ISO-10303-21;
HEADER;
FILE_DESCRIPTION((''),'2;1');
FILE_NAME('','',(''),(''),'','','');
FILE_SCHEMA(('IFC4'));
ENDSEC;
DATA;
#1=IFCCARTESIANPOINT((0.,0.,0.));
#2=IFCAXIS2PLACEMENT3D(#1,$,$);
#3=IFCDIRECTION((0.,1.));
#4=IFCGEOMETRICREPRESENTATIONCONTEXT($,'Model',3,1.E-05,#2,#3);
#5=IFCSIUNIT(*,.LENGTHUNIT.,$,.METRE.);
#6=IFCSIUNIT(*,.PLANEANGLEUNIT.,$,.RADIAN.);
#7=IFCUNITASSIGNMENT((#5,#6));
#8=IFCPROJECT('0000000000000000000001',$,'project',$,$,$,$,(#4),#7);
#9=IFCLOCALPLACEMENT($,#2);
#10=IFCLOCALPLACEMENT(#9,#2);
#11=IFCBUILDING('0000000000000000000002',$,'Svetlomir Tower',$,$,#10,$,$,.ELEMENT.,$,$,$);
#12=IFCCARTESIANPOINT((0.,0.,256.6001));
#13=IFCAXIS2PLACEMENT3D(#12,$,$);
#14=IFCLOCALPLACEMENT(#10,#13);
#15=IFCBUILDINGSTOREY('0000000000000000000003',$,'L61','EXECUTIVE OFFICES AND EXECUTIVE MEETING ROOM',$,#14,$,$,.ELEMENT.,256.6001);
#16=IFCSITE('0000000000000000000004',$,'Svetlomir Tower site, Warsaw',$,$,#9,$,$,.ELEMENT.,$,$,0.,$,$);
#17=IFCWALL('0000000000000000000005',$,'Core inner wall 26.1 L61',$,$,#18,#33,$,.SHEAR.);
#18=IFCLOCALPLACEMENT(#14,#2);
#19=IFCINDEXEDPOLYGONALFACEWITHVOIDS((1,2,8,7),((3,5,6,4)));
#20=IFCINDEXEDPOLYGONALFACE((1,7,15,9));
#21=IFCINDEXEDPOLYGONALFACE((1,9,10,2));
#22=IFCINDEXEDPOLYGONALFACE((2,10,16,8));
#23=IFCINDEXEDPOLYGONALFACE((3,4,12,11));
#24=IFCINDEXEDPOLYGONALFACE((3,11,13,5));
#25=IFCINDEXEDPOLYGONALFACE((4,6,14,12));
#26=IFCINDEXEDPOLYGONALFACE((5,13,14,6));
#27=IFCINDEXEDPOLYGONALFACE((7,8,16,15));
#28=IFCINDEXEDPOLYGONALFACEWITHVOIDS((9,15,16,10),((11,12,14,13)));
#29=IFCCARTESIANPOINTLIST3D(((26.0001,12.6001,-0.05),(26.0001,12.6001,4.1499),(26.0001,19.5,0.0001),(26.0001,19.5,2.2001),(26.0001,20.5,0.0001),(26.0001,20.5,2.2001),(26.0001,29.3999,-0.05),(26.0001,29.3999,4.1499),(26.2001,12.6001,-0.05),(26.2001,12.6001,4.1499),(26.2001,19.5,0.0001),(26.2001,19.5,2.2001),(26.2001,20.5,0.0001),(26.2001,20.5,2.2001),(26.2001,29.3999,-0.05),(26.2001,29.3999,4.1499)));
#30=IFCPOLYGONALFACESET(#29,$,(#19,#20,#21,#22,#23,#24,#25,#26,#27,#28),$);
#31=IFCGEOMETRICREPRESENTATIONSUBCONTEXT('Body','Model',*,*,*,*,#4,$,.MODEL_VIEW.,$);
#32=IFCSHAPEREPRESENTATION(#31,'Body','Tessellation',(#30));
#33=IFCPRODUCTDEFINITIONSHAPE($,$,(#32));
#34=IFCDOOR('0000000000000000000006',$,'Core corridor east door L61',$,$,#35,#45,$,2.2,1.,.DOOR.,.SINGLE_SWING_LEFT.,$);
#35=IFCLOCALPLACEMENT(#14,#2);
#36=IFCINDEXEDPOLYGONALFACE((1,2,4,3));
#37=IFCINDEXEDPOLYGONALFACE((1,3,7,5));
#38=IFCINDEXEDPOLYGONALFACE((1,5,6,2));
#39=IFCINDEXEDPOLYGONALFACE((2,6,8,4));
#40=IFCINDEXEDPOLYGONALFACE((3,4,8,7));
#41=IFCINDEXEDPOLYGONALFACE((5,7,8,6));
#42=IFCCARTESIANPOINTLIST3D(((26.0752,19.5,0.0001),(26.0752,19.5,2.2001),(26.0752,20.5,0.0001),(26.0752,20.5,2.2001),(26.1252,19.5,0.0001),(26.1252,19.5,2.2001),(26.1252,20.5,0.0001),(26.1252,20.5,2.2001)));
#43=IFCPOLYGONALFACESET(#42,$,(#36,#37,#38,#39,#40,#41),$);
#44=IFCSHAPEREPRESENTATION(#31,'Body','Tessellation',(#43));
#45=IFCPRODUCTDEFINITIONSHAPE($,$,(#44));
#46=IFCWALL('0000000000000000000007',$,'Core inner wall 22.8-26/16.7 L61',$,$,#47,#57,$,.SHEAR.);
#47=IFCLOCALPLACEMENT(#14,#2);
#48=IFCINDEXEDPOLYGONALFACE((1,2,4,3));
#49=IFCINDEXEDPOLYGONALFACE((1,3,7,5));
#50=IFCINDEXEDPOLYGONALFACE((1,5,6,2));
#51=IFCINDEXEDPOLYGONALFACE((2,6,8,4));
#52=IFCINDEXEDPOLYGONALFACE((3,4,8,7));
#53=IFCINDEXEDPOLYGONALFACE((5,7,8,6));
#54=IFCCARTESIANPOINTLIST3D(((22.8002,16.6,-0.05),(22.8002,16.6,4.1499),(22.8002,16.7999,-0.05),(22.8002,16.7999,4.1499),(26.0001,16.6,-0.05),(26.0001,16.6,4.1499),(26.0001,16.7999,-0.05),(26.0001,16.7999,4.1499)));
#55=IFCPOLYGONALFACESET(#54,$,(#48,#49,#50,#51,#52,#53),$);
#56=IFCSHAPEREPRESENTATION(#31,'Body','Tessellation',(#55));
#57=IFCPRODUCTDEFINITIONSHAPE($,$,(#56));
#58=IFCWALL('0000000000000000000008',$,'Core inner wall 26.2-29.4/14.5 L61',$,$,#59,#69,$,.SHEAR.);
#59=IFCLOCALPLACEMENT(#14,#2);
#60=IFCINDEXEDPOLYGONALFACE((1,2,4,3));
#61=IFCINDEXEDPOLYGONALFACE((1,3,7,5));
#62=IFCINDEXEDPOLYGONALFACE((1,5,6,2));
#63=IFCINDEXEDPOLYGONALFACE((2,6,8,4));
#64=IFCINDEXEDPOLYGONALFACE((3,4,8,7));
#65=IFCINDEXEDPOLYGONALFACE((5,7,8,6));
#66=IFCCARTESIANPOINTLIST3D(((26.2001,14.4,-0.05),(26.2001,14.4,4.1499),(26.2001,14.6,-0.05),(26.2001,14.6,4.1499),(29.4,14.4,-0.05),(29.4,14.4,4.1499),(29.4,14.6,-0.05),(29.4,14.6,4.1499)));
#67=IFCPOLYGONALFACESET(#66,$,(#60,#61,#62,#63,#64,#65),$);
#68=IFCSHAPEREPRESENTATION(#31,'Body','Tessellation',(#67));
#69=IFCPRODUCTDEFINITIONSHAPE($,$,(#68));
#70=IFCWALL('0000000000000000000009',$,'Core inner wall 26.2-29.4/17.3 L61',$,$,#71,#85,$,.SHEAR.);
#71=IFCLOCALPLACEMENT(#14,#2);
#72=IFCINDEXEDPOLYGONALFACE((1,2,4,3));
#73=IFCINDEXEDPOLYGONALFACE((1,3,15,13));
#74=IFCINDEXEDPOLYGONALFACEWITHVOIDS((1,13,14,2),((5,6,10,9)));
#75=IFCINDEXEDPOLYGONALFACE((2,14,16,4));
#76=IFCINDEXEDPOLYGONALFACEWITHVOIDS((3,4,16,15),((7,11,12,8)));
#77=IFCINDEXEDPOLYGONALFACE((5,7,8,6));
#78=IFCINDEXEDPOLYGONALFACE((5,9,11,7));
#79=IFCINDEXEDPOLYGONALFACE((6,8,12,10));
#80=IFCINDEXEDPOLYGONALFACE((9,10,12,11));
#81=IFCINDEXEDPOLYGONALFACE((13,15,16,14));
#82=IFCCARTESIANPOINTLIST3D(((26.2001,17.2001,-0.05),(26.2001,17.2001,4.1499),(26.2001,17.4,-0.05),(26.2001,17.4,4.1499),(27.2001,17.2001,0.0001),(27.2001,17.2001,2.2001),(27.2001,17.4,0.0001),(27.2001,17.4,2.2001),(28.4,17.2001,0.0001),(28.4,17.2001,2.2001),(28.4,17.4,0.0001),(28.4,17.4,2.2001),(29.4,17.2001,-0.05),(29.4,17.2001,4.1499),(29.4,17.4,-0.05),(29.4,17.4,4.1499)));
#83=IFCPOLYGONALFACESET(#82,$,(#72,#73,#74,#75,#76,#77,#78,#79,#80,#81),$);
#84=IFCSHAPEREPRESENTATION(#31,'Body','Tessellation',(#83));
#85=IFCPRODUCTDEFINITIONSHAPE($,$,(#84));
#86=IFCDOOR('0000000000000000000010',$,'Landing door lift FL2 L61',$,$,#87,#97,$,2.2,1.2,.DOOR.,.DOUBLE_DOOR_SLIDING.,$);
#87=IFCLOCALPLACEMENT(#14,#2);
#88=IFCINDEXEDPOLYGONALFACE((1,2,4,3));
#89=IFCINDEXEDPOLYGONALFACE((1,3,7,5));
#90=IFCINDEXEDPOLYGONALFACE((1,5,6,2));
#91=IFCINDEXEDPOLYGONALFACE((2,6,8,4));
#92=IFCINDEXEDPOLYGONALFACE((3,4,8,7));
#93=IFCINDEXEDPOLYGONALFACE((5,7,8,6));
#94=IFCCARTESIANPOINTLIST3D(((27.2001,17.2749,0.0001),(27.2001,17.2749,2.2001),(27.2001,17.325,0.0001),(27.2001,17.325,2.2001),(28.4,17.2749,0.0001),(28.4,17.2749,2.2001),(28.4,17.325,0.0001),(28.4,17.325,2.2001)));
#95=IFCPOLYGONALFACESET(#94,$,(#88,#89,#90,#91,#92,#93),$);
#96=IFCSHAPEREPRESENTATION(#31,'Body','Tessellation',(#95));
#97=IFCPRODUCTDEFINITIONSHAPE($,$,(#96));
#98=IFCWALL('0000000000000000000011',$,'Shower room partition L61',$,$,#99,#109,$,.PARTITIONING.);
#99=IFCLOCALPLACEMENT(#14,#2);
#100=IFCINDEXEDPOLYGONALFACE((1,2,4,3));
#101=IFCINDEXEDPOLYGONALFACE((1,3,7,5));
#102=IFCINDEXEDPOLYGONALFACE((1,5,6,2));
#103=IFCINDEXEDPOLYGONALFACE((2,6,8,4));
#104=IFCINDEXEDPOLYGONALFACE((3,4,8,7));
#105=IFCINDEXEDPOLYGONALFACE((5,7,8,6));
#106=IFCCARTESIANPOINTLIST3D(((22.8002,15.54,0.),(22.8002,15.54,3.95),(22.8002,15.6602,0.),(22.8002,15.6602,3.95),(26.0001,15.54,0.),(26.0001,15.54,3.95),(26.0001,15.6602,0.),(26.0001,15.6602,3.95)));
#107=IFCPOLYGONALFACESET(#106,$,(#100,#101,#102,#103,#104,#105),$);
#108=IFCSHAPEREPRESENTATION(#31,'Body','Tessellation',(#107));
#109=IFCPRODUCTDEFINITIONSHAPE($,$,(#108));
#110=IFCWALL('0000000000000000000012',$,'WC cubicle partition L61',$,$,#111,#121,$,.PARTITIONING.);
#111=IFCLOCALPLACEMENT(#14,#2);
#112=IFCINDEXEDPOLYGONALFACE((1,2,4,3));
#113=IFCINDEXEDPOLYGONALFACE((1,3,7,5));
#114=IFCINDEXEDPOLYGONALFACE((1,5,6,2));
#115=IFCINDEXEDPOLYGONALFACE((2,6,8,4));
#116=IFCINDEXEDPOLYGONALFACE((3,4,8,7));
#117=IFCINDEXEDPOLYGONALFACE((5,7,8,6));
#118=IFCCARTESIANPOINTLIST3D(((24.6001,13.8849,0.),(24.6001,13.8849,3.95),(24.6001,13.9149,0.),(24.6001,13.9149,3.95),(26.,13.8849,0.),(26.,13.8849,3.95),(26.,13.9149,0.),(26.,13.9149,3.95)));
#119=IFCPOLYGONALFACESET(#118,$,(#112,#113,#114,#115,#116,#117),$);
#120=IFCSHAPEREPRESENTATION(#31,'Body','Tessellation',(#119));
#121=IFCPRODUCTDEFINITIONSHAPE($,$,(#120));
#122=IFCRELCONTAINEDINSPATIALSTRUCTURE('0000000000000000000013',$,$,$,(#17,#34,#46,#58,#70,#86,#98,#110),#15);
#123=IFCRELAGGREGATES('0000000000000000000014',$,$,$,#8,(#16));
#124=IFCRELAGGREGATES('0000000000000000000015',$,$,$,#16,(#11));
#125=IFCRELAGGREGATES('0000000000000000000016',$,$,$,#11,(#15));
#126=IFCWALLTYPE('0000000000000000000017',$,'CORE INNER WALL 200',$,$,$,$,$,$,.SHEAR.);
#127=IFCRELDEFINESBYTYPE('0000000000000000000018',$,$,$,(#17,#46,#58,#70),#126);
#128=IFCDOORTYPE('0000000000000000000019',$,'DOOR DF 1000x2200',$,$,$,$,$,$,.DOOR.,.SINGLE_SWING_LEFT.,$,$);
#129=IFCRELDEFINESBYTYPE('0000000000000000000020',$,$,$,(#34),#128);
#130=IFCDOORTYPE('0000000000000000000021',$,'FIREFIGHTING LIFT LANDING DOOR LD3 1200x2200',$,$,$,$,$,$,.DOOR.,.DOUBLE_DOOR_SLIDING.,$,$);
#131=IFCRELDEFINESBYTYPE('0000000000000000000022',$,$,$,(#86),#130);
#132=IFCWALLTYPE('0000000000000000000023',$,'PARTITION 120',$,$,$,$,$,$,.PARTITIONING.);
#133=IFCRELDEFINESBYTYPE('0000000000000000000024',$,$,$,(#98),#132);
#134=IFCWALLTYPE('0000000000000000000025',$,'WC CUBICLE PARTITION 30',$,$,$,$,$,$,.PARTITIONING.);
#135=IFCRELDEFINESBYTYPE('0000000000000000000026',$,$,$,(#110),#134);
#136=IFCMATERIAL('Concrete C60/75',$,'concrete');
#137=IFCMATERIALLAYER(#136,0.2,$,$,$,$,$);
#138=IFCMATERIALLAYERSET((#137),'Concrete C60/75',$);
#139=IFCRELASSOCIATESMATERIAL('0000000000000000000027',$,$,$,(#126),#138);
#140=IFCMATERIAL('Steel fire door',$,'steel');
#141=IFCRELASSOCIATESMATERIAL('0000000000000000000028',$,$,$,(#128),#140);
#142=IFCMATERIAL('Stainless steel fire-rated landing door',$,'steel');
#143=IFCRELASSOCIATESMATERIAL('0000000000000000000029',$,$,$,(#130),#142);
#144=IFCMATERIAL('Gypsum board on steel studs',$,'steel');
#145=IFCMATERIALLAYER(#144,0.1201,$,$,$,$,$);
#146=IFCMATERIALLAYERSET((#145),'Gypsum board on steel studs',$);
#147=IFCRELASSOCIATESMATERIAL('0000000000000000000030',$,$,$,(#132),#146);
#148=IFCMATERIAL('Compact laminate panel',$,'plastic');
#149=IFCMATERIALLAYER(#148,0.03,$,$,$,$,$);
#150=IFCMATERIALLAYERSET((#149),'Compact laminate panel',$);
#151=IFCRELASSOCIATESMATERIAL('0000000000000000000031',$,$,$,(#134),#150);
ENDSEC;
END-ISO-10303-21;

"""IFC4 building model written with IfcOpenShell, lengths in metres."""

from ifc_helpers import new_model, si_unit, direction, frame, frame_2d, origin, place, context, subcontext, project, spatial, rectangle, extrude, material, layer, layer_set, type_object, element, fill, save


model = new_model("IFC4")

# Units and contexts
model_context = context("Model", 3, precision=1e-05, world=origin(), true_north=direction((0.0, 1.0)))
body_context = subcontext(model_context, "Body", "Model", "MODEL_VIEW")
ifc_project = project(units=[si_unit("LENGTHUNIT", "METRE"), si_unit("PLANEANGLEUNIT", "RADIAN")], contexts=[model_context])

# Site, building, storey
site_placement = place(None, origin())
site = spatial("IfcSite", under=ifc_project, at=site_placement, Name="Svetlomir Tower site, Warsaw", CompositionType="ELEMENT", RefElevation=0.0)
building_placement = place(site_placement, origin())
building = spatial("IfcBuilding", under=site, at=building_placement, Name="Svetlomir Tower", CompositionType="ELEMENT")
storey_placement = place(building_placement, frame((0.0, 0.0, 256.6001)))
storey = spatial("IfcBuildingStorey", under=building, at=storey_placement, Name="L61", Description="EXECUTIVE OFFICES AND EXECUTIVE MEETING ROOM", CompositionType="ELEMENT", Elevation=256.6001)

# Shared definitions
ifc_material_1 = material(Name="Concrete C60/75", Category="concrete")
ifc_layer_1 = layer(ifc_material_1, 0.2)
ifc_layer_set_1 = layer_set([ifc_layer_1], Name="Concrete C60/75")
wall_type_1 = type_object("IfcWallType", Name="CORE INNER WALL 200", PredefinedType="SHEAR", material=ifc_layer_set_1)

# Wall, opening, door
wall_1_placement = place(storey_placement, frame((26.1001, 12.6001, -0.05), z_axis=(0.0, 0.0, 1.0), x_axis=(0.0, 1.0, 0.0)))
wall_1 = element("IfcWall", 1, at=wall_1_placement, inside=storey, type_object=wall_type_1, Name="Core inner wall 26.1 L61", PredefinedType="SHEAR", context=body_context, shape_type="SweptSolid", body=[
    extrude(rectangle(XDim=16.7998, YDim=0.2, at=frame_2d((8.3999, 0.0))), origin(), (0.0, 0.0, 1.0), 4.2),
])
opening_1_placement = place(wall_1_placement, frame((6.8999, 0.0, 0.05)))
opening_1 = element("IfcOpeningElement", 2, at=opening_1_placement, cuts=wall_1, PredefinedType="OPENING", context=body_context, shape_type="SweptSolid", body=[
    extrude(rectangle(XDim=1.0, YDim=2.2, at=frame_2d((0.5, 1.1001))), frame((0.0, 0.1099, 0.0), z_axis=(0.0, -1.0, 0.0), x_axis=(1.0, 0.0, 0.0)), (0.0, 0.0, 1.0), 0.22),
])
ifc_material_2 = material(Name="Steel fire door", Category="steel")
door_type_1 = type_object("IfcDoorType", Name="DOOR DF 1000x2200", OperationType="SINGLE_SWING_LEFT", PredefinedType="DOOR", material=ifc_material_2)
door_1_placement = place(opening_1_placement, origin())
door_1 = element("IfcDoor", 3, at=door_1_placement, inside=storey, type_object=door_type_1, Name="Core corridor east door L61", OperationType="SINGLE_SWING_LEFT", OverallHeight=2.2, OverallWidth=1.0, PredefinedType="DOOR", context=body_context, shape_type="SweptSolid", body=[
    extrude(rectangle(XDim=1.0, YDim=2.2, at=frame_2d((0.5, 1.1001))), frame((0.0, 0.0249, 0.0), z_axis=(0.0, -1.0, 0.0), x_axis=(1.0, 0.0, 0.0)), (0.0, 0.0, 1.0), 0.05),
])
fill(opening_1, door_1)

# Walls
for number, where, z_axis, x_axis, name in (
    (4, (22.8, 16.7, -0.05), (0.0, 0.0, 1.0), (1.0, 0.0, 0.0), "Core inner wall 22.8-26/16.7 L61"),
    (5, (26.2, 14.5, -0.05), (0.0, 0.0, 1.0), (1.0, 0.0, 0.0), "Core inner wall 26.2-29.4/14.5 L61"),
):
    element("IfcWall", number, at=place(storey_placement, frame(where, z_axis=z_axis, x_axis=x_axis)), inside=storey, type_object=wall_type_1, Name=name, PredefinedType="SHEAR", context=body_context, shape_type="SweptSolid", body=[
        extrude(rectangle(XDim=3.2, YDim=0.2, at=frame_2d((1.6001, 0.0))), origin(), (0.0, 0.0, 1.0), 4.2),
    ])

# Wall, opening, door
wall_2_placement = place(storey_placement, frame((26.2, 17.3, -0.05), z_axis=(0.0, 0.0, 1.0), x_axis=(1.0, 0.0, 0.0)))
wall_2 = element("IfcWall", 6, at=wall_2_placement, inside=storey, type_object=wall_type_1, Name="Core inner wall 26.2-29.4/17.3 L61", PredefinedType="SHEAR", context=body_context, shape_type="SweptSolid", body=[
    extrude(rectangle(XDim=3.2, YDim=0.2, at=frame_2d((1.6001, 0.0))), origin(), (0.0, 0.0, 1.0), 4.2),
])
opening_2_placement = place(wall_2_placement, frame((1.0, 0.0, 0.05)))
opening_2 = element("IfcOpeningElement", 7, at=opening_2_placement, cuts=wall_2, PredefinedType="OPENING", context=body_context, shape_type="SweptSolid", body=[
    extrude(rectangle(XDim=1.2, YDim=2.2, at=frame_2d((0.6001, 1.1001))), frame((0.0, 0.1099, 0.0), z_axis=(0.0, -1.0, 0.0), x_axis=(1.0, 0.0, 0.0)), (0.0, 0.0, 1.0), 0.22),
])
ifc_material_3 = material(Name="Stainless steel fire-rated landing door", Category="steel")
door_type_2 = type_object("IfcDoorType", Name="FIREFIGHTING LIFT LANDING DOOR LD3 1200x2200", OperationType="DOUBLE_DOOR_SLIDING", PredefinedType="DOOR", material=ifc_material_3)
door_2_placement = place(opening_2_placement, origin())
door_2 = element("IfcDoor", 8, at=door_2_placement, inside=storey, type_object=door_type_2, Name="Landing door lift FL2 L61", OperationType="DOUBLE_DOOR_SLIDING", OverallHeight=2.2, OverallWidth=1.2, PredefinedType="DOOR", context=body_context, shape_type="SweptSolid", body=[
    extrude(rectangle(XDim=1.2, YDim=2.2, at=frame_2d((0.6001, 1.1001))), frame((0.0, 0.0249, 0.0), z_axis=(0.0, -1.0, 0.0), x_axis=(1.0, 0.0, 0.0)), (0.0, 0.0, 1.0), 0.05),
])
fill(opening_2, door_2)

# Walls
ifc_material_4 = material(Name="Gypsum board on steel studs", Category="steel")
ifc_layer_2 = layer(ifc_material_4, 0.1201)
ifc_layer_set_2 = layer_set([ifc_layer_2], Name="Gypsum board on steel studs")
wall_type_2 = type_object("IfcWallType", Name="PARTITION 120", PredefinedType="PARTITIONING", material=ifc_layer_set_2)
wall_3_placement = place(storey_placement, frame((22.8, 15.6001, 0.0), z_axis=(0.0, 0.0, 1.0), x_axis=(1.0, 0.0, 0.0)))
element("IfcWall", 9, at=wall_3_placement, inside=storey, type_object=wall_type_2, Name="Shower room partition L61", PredefinedType="PARTITIONING", context=body_context, shape_type="SweptSolid", body=[
    extrude(rectangle(XDim=3.2, YDim=0.1201, at=frame_2d((1.6001, 0.0))), origin(), (0.0, 0.0, 1.0), 3.95),
])
ifc_material_5 = material(Name="Compact laminate panel", Category="plastic")
ifc_layer_3 = layer(ifc_material_5, 0.03)
ifc_layer_set_3 = layer_set([ifc_layer_3], Name="Compact laminate panel")
wall_type_3 = type_object("IfcWallType", Name="WC CUBICLE PARTITION 30", PredefinedType="PARTITIONING", material=ifc_layer_set_3)
wall_4_placement = place(storey_placement, frame((24.6001, 13.8999, 0.0), z_axis=(0.0, 0.0, 1.0), x_axis=(1.0, 0.0, 0.0)))
element("IfcWall", 10, at=wall_4_placement, inside=storey, type_object=wall_type_3, Name="WC cubicle partition L61", PredefinedType="PARTITIONING", context=body_context, shape_type="SweptSolid", body=[
    extrude(rectangle(XDim=1.3999, YDim=0.03, at=frame_2d((0.7, 0.0))), origin(), (0.0, 0.0, 1.0), 3.95),
])

save(model, "model.ifc")
